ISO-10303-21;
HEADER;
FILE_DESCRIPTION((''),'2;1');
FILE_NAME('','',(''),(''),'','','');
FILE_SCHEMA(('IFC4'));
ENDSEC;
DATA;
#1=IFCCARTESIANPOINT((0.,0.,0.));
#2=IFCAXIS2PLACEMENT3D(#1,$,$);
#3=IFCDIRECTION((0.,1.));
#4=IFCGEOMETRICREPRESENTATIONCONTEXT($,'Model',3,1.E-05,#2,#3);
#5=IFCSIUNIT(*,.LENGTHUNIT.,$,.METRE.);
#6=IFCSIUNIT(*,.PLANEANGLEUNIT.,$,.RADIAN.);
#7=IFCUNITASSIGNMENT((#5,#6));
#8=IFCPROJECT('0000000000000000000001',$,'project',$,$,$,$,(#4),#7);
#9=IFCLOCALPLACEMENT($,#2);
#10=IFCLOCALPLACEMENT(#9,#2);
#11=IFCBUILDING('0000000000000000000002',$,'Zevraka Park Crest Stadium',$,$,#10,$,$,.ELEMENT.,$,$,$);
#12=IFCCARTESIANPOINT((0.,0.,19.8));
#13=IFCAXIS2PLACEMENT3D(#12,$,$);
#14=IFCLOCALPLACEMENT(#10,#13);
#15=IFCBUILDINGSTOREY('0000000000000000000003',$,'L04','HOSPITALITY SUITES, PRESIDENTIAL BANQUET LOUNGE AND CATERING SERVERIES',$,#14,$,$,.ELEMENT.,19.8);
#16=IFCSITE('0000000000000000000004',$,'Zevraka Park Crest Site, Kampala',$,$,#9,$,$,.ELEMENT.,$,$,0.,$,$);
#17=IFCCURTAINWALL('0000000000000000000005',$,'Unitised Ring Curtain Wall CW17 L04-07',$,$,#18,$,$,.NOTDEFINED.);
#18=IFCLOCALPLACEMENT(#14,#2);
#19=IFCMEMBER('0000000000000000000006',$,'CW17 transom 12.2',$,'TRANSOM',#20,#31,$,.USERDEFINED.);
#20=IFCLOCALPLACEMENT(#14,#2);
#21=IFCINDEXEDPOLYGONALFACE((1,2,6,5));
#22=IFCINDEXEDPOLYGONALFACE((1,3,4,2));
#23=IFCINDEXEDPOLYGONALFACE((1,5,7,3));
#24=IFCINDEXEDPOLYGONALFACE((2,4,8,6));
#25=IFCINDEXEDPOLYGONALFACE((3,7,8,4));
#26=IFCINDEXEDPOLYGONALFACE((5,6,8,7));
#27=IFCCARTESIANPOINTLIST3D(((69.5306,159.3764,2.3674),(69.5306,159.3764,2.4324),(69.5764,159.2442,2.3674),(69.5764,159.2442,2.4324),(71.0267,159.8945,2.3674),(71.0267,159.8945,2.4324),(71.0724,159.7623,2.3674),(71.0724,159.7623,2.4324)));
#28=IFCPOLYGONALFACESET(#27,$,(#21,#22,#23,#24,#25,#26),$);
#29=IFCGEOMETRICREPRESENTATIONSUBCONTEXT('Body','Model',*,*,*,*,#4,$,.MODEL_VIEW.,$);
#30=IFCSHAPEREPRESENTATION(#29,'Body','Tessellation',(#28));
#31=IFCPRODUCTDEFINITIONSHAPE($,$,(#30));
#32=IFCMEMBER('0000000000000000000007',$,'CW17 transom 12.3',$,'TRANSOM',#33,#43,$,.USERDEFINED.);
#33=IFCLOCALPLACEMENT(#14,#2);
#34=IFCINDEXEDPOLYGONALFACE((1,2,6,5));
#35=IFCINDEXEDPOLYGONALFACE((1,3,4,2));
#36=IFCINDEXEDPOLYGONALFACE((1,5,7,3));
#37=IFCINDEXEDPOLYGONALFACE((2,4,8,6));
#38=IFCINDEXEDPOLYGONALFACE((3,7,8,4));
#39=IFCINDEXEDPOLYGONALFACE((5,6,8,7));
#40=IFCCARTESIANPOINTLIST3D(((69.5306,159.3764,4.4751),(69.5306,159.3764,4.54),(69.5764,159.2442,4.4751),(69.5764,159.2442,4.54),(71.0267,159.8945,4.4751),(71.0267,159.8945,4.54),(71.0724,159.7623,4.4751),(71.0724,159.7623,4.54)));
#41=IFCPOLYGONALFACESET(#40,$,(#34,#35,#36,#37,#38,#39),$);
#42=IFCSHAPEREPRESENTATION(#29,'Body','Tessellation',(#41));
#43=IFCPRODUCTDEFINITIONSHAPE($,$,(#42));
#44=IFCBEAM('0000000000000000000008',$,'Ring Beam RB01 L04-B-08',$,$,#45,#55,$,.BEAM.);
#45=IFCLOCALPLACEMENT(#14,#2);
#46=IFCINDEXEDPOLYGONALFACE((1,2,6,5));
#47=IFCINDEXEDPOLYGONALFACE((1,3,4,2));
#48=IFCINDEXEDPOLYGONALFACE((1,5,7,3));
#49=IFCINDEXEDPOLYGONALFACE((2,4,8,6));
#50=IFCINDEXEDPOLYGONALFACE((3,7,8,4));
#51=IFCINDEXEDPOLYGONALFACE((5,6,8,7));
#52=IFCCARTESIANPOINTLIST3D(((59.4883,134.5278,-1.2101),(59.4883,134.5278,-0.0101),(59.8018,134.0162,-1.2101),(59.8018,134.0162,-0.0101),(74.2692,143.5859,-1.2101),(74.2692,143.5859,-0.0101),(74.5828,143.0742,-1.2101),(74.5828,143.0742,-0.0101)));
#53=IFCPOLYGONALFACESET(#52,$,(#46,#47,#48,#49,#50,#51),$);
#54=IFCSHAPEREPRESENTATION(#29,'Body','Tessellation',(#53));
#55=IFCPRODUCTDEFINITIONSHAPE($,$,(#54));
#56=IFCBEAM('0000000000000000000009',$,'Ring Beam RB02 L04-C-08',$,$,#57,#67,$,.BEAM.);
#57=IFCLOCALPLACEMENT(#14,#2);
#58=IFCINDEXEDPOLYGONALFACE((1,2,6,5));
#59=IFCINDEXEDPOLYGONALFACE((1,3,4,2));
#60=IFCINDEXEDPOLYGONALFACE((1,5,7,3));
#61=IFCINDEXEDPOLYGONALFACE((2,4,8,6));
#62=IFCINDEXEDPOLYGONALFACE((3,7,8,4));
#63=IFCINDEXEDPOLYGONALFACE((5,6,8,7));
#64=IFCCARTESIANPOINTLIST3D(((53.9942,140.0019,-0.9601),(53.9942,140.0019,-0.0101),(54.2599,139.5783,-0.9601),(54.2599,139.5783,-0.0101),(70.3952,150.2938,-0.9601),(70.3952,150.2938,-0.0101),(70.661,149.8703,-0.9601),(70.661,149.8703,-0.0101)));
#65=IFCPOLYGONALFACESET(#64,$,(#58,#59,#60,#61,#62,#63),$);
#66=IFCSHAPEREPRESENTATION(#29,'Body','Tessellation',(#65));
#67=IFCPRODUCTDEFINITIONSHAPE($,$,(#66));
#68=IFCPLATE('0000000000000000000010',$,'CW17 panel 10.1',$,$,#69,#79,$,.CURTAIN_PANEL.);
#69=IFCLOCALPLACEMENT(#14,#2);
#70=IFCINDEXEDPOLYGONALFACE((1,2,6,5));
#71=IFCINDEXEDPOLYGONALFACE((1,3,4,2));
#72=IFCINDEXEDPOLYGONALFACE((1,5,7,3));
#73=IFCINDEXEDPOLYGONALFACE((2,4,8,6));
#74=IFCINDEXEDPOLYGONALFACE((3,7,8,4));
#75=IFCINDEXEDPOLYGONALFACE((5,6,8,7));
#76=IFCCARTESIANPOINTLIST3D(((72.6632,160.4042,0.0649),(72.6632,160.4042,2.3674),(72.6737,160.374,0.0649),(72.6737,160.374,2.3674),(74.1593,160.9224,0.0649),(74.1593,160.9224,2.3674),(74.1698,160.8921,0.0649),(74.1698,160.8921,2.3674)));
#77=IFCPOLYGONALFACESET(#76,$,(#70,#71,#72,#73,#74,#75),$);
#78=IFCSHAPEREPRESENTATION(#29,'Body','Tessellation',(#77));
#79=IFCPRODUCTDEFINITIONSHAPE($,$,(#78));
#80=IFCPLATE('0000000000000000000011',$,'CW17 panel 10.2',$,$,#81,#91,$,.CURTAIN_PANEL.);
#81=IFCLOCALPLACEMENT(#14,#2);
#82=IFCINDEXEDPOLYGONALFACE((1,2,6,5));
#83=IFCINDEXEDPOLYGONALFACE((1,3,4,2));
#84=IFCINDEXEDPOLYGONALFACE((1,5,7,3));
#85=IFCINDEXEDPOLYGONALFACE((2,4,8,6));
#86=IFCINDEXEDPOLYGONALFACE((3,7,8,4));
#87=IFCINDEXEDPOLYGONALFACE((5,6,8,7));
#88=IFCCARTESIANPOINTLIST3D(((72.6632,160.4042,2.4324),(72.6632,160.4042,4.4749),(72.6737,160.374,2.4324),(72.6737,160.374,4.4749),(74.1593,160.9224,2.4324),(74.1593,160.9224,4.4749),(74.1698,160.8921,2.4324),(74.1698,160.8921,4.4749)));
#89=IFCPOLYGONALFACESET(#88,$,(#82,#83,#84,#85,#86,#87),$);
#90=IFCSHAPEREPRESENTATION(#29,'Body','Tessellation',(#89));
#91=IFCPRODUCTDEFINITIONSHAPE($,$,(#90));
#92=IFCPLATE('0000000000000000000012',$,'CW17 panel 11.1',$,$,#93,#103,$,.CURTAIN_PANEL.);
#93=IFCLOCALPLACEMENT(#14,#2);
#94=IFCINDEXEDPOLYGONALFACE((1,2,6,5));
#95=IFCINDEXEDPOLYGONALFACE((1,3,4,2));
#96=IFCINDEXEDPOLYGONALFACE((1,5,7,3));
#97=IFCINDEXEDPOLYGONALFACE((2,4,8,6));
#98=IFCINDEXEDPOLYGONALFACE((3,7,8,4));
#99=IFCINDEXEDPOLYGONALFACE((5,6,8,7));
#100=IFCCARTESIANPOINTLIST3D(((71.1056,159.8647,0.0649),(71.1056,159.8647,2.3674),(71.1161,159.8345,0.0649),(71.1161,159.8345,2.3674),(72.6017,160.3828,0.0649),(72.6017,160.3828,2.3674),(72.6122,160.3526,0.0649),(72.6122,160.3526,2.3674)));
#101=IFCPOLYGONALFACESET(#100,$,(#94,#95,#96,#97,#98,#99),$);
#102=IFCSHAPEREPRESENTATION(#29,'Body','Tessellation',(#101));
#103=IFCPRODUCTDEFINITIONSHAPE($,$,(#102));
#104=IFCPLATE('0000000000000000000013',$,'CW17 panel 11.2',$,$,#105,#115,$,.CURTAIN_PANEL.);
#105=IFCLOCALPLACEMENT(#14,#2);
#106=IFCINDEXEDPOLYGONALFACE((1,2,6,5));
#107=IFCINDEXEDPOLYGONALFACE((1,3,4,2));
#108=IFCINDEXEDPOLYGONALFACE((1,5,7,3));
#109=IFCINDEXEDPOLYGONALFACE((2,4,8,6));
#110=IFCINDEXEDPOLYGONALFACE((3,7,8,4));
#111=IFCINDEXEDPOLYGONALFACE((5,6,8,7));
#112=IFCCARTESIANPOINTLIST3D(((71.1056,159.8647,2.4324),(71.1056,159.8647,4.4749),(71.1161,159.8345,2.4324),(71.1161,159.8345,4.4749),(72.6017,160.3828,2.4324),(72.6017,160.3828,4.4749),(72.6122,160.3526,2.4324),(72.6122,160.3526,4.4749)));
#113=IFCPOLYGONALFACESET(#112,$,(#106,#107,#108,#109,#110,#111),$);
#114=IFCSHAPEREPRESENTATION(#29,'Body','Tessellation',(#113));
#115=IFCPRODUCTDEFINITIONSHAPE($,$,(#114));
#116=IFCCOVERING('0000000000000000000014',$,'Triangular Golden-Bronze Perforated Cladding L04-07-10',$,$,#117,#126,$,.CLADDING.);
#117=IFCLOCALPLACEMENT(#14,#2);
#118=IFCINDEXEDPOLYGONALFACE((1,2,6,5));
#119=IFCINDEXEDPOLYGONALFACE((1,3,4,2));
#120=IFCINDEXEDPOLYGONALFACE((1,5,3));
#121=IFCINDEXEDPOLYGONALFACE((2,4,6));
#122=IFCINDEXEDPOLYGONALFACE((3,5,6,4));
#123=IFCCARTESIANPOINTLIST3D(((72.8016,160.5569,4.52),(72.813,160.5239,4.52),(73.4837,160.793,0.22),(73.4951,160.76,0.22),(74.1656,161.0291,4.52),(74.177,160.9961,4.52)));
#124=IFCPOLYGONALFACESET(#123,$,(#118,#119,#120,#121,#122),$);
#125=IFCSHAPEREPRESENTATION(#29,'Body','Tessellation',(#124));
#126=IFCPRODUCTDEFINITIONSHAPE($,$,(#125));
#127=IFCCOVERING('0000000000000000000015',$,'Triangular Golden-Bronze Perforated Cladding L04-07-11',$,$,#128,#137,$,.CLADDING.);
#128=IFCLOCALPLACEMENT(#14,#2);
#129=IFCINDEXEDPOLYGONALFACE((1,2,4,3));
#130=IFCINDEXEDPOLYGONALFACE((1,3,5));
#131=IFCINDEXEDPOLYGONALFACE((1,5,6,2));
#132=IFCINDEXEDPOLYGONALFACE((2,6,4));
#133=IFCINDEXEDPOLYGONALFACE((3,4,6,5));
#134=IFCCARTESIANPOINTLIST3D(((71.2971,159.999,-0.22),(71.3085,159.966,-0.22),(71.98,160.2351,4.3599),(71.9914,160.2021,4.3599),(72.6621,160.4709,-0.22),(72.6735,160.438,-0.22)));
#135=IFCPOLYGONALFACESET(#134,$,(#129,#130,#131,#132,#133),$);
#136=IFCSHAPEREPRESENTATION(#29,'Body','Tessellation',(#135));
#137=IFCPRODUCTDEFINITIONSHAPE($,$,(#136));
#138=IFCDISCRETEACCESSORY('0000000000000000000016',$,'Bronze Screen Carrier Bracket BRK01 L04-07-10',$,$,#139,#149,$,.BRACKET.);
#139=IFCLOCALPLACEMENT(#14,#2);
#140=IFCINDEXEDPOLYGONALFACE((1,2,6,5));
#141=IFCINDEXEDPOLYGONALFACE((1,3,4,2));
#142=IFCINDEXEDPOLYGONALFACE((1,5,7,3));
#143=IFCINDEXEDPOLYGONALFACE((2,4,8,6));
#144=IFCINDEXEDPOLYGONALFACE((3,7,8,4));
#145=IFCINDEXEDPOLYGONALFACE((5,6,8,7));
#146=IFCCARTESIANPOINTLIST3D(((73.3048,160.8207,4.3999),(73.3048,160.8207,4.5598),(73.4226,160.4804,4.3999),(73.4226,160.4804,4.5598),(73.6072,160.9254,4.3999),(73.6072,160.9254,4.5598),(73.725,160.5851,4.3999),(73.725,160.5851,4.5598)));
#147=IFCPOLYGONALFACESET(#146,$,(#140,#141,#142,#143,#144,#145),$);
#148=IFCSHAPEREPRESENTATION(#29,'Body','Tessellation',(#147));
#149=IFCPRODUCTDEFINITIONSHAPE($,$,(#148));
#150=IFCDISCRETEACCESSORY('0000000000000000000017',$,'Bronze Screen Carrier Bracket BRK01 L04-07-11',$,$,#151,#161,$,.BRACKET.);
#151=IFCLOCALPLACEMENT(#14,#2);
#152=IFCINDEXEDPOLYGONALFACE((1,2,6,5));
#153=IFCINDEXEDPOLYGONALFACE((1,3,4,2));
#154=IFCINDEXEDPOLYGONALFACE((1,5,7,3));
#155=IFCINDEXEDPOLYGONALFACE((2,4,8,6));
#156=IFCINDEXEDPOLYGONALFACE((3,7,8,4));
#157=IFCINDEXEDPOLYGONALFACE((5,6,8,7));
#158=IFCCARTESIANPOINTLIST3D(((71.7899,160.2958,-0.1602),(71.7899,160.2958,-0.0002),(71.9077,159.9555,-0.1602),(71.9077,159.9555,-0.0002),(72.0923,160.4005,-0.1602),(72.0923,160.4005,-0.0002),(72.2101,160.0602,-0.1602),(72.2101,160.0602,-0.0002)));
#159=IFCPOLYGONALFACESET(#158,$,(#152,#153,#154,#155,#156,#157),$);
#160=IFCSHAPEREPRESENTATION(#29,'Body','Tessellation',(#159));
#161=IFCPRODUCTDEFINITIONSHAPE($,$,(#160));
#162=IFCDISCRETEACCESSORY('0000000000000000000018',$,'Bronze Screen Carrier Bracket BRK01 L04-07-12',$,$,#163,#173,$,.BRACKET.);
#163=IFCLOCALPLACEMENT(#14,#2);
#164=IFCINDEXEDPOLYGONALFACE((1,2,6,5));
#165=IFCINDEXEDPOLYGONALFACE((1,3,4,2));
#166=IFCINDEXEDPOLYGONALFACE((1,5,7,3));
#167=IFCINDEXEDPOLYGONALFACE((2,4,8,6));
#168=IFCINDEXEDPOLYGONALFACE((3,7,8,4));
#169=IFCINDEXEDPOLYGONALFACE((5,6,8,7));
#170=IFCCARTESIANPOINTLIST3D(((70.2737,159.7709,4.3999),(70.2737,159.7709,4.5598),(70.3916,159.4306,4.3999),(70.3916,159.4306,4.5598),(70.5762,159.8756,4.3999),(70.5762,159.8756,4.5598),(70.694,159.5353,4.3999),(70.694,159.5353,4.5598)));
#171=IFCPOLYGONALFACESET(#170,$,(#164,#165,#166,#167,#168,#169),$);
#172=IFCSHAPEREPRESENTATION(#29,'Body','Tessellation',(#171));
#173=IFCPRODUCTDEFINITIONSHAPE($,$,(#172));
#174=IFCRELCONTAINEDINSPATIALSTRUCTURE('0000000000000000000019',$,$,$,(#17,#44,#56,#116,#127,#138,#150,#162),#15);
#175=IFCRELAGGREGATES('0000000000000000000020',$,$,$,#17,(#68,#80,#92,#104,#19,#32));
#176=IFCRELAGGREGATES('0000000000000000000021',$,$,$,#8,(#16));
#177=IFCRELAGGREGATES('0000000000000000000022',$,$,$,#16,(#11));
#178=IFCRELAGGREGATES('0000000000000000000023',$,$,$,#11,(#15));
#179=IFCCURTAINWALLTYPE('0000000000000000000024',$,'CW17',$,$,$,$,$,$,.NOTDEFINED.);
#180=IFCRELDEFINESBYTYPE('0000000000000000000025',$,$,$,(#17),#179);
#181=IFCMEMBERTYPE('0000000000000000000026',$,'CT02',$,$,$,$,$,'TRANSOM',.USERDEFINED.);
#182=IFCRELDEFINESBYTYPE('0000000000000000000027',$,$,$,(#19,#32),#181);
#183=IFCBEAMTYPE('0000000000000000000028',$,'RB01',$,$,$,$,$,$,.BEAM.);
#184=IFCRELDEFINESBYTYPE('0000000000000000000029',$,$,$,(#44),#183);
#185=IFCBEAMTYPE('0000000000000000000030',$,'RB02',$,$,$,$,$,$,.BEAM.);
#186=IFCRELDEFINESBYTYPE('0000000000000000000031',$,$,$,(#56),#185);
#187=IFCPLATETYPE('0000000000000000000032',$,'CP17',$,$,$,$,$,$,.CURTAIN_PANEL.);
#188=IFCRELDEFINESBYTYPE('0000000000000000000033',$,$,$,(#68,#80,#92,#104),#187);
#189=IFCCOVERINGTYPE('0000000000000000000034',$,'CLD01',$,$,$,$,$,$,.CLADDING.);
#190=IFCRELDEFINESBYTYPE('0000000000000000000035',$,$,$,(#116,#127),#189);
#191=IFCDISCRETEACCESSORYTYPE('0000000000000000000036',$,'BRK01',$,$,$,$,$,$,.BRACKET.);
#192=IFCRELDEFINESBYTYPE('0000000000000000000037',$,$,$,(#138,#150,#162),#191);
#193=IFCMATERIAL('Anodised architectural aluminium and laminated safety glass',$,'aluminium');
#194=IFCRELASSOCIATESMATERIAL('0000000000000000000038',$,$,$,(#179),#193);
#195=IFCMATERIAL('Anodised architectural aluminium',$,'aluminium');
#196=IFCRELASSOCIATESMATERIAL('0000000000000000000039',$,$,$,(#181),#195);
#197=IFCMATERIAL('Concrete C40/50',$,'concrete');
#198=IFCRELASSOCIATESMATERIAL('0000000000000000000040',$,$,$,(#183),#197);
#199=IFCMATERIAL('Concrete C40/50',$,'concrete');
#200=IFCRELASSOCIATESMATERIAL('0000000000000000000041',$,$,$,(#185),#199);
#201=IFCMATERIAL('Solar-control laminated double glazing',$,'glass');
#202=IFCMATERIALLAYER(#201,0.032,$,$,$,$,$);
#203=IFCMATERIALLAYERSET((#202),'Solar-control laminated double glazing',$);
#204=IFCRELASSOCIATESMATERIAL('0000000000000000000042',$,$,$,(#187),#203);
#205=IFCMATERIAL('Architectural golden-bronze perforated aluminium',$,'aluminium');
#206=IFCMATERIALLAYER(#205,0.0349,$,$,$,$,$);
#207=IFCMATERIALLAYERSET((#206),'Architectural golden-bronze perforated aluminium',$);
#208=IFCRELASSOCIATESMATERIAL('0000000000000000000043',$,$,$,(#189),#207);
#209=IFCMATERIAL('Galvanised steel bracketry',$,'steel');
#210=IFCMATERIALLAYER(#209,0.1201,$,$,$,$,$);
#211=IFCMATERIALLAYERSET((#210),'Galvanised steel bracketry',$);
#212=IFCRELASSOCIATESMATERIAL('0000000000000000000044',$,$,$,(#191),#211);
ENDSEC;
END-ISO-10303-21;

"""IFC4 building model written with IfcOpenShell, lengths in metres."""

from ifc_helpers import new_model, si_unit, direction, frame, origin, origin_2d, place, context, subcontext, project, spatial, polyline, rectangle, outline, extrude, material, layer, layer_set, material_profile, profile_set, type_object, element, aggregate, save


model = new_model("IFC4")

# Units and contexts
model_context = context("Model", 3, precision=1e-05, world=origin(), true_north=direction((0.0, 1.0)))
body_context = subcontext(model_context, "Body", "Model", "MODEL_VIEW")
ifc_project = project(units=[si_unit("LENGTHUNIT", "METRE"), si_unit("PLANEANGLEUNIT", "RADIAN")], contexts=[model_context])

# Site, building, storey
site_placement = place(None, origin())
site = spatial("IfcSite", under=ifc_project, at=site_placement, Name="Zevraka Park Crest Site, Kampala", CompositionType="ELEMENT", RefElevation=0.0)
building_placement = place(site_placement, origin())
building = spatial("IfcBuilding", under=site, at=building_placement, Name="Zevraka Park Crest Stadium", CompositionType="ELEMENT")
storey_placement = place(building_placement, frame((0.0, 0.0, 19.8)))
storey = spatial("IfcBuildingStorey", under=building, at=storey_placement, Name="L04", Description="HOSPITALITY SUITES, PRESIDENTIAL BANQUET LOUNGE AND CATERING SERVERIES", CompositionType="ELEMENT", Elevation=19.8)

# Curtain wall, members
ifc_material_1 = material(Name="Anodised architectural aluminium and laminated safety glass", Category="aluminium")
curtain_wall_type = type_object("IfcCurtainWallType", Name="CW17", PredefinedType="NOTDEFINED", material=ifc_material_1)
curtain_wall_placement = place(storey_placement, origin())
curtain_wall = element("IfcCurtainWall", 1, at=curtain_wall_placement, inside=storey, type_object=curtain_wall_type, Name="Unitised Ring Curtain Wall CW17 L04-07", PredefinedType="NOTDEFINED")
ifc_material_2 = material(Name="Anodised architectural aluminium", Category="aluminium")
ifc_material_profile_1 = material_profile(ifc_material_2, rectangle(XDim=0.1399, YDim=0.0649, at=origin_2d()), Name="ALU TRANSOM 140x65")
ifc_profile_set_1 = profile_set([ifc_material_profile_1], Name="Anodised architectural aluminium")
member_type_1 = type_object("IfcMemberType", Name="CT02", ElementType="TRANSOM", PredefinedType="USERDEFINED", material=ifc_profile_set_1)
member_1_placement = place(storey_placement, frame((71.0496, 159.8284, 2.3999), z_axis=(-0.944949, -0.327216, 0.0), x_axis=(0.327216, -0.944949, 0.0)))
member_1 = element("IfcMember", 2, at=member_1_placement, type_object=member_type_1, Name="CW17 transom 12.2", ObjectType="TRANSOM", PredefinedType="USERDEFINED", context=body_context, shape_type="SweptSolid", body=[
    extrude(rectangle(XDim=0.1399, YDim=0.0649, at=origin_2d()), origin(), (0.0, 0.0, 1.0), 1.5833),
])
member_2_placement = place(storey_placement, frame((71.0496, 159.8284, 4.5076), z_axis=(-0.944949, -0.327216, 0.0), x_axis=(0.327216, -0.944949, 0.0)))
member_2 = element("IfcMember", 3, at=member_2_placement, type_object=member_type_1, Name="CW17 transom 12.3", ObjectType="TRANSOM", PredefinedType="USERDEFINED", context=body_context, shape_type="SweptSolid", body=[
    extrude(rectangle(XDim=0.1399, YDim=0.0649, at=origin_2d()), origin(), (0.0, 0.0, 1.0), 1.5833),
])

# Beams
ifc_material_3 = material(Name="Concrete C40/50", Category="concrete")
ifc_material_profile_2 = material_profile(ifc_material_3, rectangle(XDim=0.6001, YDim=1.2, at=origin_2d()), Name="RC 1200x600")
ifc_profile_set_2 = profile_set([ifc_material_profile_2], Name="Concrete C40/50")
beam_type_1 = type_object("IfcBeamType", Name="RB01", PredefinedType="BEAM", material=ifc_profile_set_2)
beam_1_placement = place(storey_placement, frame((74.426, 143.3301, -0.6101), z_axis=(-0.852633, -0.522511, 0.0), x_axis=(0.522511, -0.852633, 0.0)))
element("IfcBeam", 4, at=beam_1_placement, inside=storey, type_object=beam_type_1, Name="Ring Beam RB01 L04-B-08", PredefinedType="BEAM", context=body_context, shape_type="SweptSolid", body=[
    extrude(rectangle(XDim=0.6001, YDim=1.2, at=origin_2d()), origin(), (0.0, 0.0, 1.0), 17.3357),
])
ifc_material_4 = material(Name="Concrete C40/50", Category="concrete")
ifc_material_profile_3 = material_profile(ifc_material_4, rectangle(XDim=0.5, YDim=0.95, at=origin_2d()), Name="RC 950x500")
ifc_profile_set_3 = profile_set([ifc_material_profile_3], Name="Concrete C40/50")
beam_type_2 = type_object("IfcBeamType", Name="RB02", PredefinedType="BEAM", material=ifc_profile_set_3)
beam_2_placement = place(storey_placement, frame((70.5281, 150.082, -0.4851), z_axis=(-0.847039, -0.531532, 0.0), x_axis=(0.531532, -0.847039, 0.0)))
element("IfcBeam", 5, at=beam_2_placement, inside=storey, type_object=beam_type_2, Name="Ring Beam RB02 L04-C-08", PredefinedType="BEAM", context=body_context, shape_type="SweptSolid", body=[
    extrude(rectangle(XDim=0.5, YDim=0.95, at=origin_2d()), origin(), (0.0, 0.0, 1.0), 19.3628),
])

# Plates
ifc_material_5 = material(Name="Solar-control laminated double glazing", Category="glass")
ifc_layer_1 = layer(ifc_material_5, 0.032)
ifc_layer_set_1 = layer_set([ifc_layer_1], Name="Solar-control laminated double glazing")
plate_type = type_object("IfcPlateType", Name="CP17", PredefinedType="CURTAIN_PANEL", material=ifc_layer_set_1)
plate_1_placement = place(storey_placement, frame((73.4165, 160.6482, 0.0649), z_axis=(0.0, 0.0, 1.0), x_axis=(-0.94494, -0.327245, 0.0)))
plate_1 = element("IfcPlate", 6, at=plate_1_placement, type_object=plate_type, Name="CW17 panel 10.1", PredefinedType="CURTAIN_PANEL", context=body_context, shape_type="SweptSolid", body=[
    extrude(rectangle(XDim=1.5833, YDim=0.032, at=origin_2d()), origin(), (0.0, 0.0, 1.0), 2.3025),
])
plate_2_placement = place(storey_placement, frame((73.4165, 160.6482, 2.4324), z_axis=(0.0, 0.0, 1.0), x_axis=(-0.94494, -0.327245, 0.0)))
plate_2 = element("IfcPlate", 7, at=plate_2_placement, type_object=plate_type, Name="CW17 panel 10.2", PredefinedType="CURTAIN_PANEL", context=body_context, shape_type="SweptSolid", body=[
    extrude(rectangle(XDim=1.5833, YDim=0.032, at=origin_2d()), origin(), (0.0, 0.0, 1.0), 2.0425),
])
plate_3_placement = place(storey_placement, frame((71.8589, 160.1086, 0.0649), z_axis=(0.0, 0.0, 1.0), x_axis=(-0.94494, -0.327245, 0.0)))
plate_3 = element("IfcPlate", 8, at=plate_3_placement, type_object=plate_type, Name="CW17 panel 11.1", PredefinedType="CURTAIN_PANEL", context=body_context, shape_type="SweptSolid", body=[
    extrude(rectangle(XDim=1.5833, YDim=0.032, at=origin_2d()), origin(), (0.0, 0.0, 1.0), 2.3025),
])
plate_4_placement = place(storey_placement, frame((71.8589, 160.1086, 2.4324), z_axis=(0.0, 0.0, 1.0), x_axis=(-0.94494, -0.327245, 0.0)))
plate_4 = element("IfcPlate", 9, at=plate_4_placement, type_object=plate_type, Name="CW17 panel 11.2", PredefinedType="CURTAIN_PANEL", context=body_context, shape_type="SweptSolid", body=[
    extrude(rectangle(XDim=1.5833, YDim=0.032, at=origin_2d()), origin(), (0.0, 0.0, 1.0), 2.0425),
])
aggregate(curtain_wall, [plate_1, plate_2, plate_3, plate_4, member_1, member_2])

# Coverings
ifc_material_6 = material(Name="Architectural golden-bronze perforated aluminium", Category="aluminium")
ifc_layer_2 = layer(ifc_material_6, 0.0349)
ifc_layer_set_2 = layer_set([ifc_layer_2], Name="Architectural golden-bronze perforated aluminium")
covering_type = type_object("IfcCoveringType", Name="CLD01", PredefinedType="CLADDING", material=ifc_layer_set_2)
covering_1_placement = place(storey_placement, frame((72.813, 160.5239, 4.52), z_axis=(0.327116, -0.944984, 0.000009), x_axis=(0.944984, 0.327116, 0.0)))
element("IfcCovering", 10, at=covering_1_placement, inside=storey, type_object=covering_type, Name="Triangular Golden-Bronze Perforated Cladding L04-07-10", PredefinedType="CLADDING", context=body_context, shape_type="SweptSolid", body=[
    extrude(outline(polyline([(0.0, 0.0), (1.4434, 0.0), (0.7218, -4.3), (0.0, 0.0)])), origin(), (0.0, 0.0, -1.0), 0.0349),
])
covering_2_placement = place(storey_placement, frame((72.6621, 160.4709, -0.22), z_axis=(-0.326756, 0.945109, 0.000001), x_axis=(-0.945109, -0.326756, 0.0)))
element("IfcCovering", 11, at=covering_2_placement, inside=storey, type_object=covering_type, Name="Triangular Golden-Bronze Perforated Cladding L04-07-11", PredefinedType="CLADDING", context=body_context, shape_type="SweptSolid", body=[
    extrude(outline(polyline([(0.0, 0.0), (1.4443, 0.0), (0.7217, 4.5798), (0.0, 0.0)])), origin(), (0.0, 0.0, -1.0), 0.0349),
])

# Discrete accessories
ifc_material_7 = material(Name="Galvanised steel bracketry", Category="steel")
ifc_layer_3 = layer(ifc_material_7, 0.1201)
ifc_layer_set_3 = layer_set([ifc_layer_3], Name="Galvanised steel bracketry")
discrete_accessory_type = type_object("IfcDiscreteAccessoryType", Name="BRK01", PredefinedType="BRACKET", material=ifc_layer_set_3)
for number, where, z_axis, x_axis, name in (
    (12, (73.5149, 160.7029, 4.3999), (0.0, 0.0, 1.0), (-0.944949, -0.327218, 0.0), "Bronze Screen Carrier Bracket BRK01 L04-07-10"),
    (13, (72.0, 160.178, -0.1602), (0.0, 0.0, 1.0), (-0.944949, -0.327218, 0.0), "Bronze Screen Carrier Bracket BRK01 L04-07-11"),
    (14, (70.4839, 159.6531, 4.3999), (0.0, 0.0, 1.0), (-0.944949, -0.327218, 0.0), "Bronze Screen Carrier Bracket BRK01 L04-07-12"),
):
    element("IfcDiscreteAccessory", number, at=place(storey_placement, frame(where, z_axis=z_axis, x_axis=x_axis)), inside=storey, type_object=discrete_accessory_type, Name=name, PredefinedType="BRACKET", context=body_context, shape_type="SweptSolid", body=[
        extrude(rectangle(XDim=0.3201, YDim=0.3601, at=origin_2d()), origin(), (0.0, 0.0, 1.0), 0.1599),
    ])

save(model, "model.ifc")
